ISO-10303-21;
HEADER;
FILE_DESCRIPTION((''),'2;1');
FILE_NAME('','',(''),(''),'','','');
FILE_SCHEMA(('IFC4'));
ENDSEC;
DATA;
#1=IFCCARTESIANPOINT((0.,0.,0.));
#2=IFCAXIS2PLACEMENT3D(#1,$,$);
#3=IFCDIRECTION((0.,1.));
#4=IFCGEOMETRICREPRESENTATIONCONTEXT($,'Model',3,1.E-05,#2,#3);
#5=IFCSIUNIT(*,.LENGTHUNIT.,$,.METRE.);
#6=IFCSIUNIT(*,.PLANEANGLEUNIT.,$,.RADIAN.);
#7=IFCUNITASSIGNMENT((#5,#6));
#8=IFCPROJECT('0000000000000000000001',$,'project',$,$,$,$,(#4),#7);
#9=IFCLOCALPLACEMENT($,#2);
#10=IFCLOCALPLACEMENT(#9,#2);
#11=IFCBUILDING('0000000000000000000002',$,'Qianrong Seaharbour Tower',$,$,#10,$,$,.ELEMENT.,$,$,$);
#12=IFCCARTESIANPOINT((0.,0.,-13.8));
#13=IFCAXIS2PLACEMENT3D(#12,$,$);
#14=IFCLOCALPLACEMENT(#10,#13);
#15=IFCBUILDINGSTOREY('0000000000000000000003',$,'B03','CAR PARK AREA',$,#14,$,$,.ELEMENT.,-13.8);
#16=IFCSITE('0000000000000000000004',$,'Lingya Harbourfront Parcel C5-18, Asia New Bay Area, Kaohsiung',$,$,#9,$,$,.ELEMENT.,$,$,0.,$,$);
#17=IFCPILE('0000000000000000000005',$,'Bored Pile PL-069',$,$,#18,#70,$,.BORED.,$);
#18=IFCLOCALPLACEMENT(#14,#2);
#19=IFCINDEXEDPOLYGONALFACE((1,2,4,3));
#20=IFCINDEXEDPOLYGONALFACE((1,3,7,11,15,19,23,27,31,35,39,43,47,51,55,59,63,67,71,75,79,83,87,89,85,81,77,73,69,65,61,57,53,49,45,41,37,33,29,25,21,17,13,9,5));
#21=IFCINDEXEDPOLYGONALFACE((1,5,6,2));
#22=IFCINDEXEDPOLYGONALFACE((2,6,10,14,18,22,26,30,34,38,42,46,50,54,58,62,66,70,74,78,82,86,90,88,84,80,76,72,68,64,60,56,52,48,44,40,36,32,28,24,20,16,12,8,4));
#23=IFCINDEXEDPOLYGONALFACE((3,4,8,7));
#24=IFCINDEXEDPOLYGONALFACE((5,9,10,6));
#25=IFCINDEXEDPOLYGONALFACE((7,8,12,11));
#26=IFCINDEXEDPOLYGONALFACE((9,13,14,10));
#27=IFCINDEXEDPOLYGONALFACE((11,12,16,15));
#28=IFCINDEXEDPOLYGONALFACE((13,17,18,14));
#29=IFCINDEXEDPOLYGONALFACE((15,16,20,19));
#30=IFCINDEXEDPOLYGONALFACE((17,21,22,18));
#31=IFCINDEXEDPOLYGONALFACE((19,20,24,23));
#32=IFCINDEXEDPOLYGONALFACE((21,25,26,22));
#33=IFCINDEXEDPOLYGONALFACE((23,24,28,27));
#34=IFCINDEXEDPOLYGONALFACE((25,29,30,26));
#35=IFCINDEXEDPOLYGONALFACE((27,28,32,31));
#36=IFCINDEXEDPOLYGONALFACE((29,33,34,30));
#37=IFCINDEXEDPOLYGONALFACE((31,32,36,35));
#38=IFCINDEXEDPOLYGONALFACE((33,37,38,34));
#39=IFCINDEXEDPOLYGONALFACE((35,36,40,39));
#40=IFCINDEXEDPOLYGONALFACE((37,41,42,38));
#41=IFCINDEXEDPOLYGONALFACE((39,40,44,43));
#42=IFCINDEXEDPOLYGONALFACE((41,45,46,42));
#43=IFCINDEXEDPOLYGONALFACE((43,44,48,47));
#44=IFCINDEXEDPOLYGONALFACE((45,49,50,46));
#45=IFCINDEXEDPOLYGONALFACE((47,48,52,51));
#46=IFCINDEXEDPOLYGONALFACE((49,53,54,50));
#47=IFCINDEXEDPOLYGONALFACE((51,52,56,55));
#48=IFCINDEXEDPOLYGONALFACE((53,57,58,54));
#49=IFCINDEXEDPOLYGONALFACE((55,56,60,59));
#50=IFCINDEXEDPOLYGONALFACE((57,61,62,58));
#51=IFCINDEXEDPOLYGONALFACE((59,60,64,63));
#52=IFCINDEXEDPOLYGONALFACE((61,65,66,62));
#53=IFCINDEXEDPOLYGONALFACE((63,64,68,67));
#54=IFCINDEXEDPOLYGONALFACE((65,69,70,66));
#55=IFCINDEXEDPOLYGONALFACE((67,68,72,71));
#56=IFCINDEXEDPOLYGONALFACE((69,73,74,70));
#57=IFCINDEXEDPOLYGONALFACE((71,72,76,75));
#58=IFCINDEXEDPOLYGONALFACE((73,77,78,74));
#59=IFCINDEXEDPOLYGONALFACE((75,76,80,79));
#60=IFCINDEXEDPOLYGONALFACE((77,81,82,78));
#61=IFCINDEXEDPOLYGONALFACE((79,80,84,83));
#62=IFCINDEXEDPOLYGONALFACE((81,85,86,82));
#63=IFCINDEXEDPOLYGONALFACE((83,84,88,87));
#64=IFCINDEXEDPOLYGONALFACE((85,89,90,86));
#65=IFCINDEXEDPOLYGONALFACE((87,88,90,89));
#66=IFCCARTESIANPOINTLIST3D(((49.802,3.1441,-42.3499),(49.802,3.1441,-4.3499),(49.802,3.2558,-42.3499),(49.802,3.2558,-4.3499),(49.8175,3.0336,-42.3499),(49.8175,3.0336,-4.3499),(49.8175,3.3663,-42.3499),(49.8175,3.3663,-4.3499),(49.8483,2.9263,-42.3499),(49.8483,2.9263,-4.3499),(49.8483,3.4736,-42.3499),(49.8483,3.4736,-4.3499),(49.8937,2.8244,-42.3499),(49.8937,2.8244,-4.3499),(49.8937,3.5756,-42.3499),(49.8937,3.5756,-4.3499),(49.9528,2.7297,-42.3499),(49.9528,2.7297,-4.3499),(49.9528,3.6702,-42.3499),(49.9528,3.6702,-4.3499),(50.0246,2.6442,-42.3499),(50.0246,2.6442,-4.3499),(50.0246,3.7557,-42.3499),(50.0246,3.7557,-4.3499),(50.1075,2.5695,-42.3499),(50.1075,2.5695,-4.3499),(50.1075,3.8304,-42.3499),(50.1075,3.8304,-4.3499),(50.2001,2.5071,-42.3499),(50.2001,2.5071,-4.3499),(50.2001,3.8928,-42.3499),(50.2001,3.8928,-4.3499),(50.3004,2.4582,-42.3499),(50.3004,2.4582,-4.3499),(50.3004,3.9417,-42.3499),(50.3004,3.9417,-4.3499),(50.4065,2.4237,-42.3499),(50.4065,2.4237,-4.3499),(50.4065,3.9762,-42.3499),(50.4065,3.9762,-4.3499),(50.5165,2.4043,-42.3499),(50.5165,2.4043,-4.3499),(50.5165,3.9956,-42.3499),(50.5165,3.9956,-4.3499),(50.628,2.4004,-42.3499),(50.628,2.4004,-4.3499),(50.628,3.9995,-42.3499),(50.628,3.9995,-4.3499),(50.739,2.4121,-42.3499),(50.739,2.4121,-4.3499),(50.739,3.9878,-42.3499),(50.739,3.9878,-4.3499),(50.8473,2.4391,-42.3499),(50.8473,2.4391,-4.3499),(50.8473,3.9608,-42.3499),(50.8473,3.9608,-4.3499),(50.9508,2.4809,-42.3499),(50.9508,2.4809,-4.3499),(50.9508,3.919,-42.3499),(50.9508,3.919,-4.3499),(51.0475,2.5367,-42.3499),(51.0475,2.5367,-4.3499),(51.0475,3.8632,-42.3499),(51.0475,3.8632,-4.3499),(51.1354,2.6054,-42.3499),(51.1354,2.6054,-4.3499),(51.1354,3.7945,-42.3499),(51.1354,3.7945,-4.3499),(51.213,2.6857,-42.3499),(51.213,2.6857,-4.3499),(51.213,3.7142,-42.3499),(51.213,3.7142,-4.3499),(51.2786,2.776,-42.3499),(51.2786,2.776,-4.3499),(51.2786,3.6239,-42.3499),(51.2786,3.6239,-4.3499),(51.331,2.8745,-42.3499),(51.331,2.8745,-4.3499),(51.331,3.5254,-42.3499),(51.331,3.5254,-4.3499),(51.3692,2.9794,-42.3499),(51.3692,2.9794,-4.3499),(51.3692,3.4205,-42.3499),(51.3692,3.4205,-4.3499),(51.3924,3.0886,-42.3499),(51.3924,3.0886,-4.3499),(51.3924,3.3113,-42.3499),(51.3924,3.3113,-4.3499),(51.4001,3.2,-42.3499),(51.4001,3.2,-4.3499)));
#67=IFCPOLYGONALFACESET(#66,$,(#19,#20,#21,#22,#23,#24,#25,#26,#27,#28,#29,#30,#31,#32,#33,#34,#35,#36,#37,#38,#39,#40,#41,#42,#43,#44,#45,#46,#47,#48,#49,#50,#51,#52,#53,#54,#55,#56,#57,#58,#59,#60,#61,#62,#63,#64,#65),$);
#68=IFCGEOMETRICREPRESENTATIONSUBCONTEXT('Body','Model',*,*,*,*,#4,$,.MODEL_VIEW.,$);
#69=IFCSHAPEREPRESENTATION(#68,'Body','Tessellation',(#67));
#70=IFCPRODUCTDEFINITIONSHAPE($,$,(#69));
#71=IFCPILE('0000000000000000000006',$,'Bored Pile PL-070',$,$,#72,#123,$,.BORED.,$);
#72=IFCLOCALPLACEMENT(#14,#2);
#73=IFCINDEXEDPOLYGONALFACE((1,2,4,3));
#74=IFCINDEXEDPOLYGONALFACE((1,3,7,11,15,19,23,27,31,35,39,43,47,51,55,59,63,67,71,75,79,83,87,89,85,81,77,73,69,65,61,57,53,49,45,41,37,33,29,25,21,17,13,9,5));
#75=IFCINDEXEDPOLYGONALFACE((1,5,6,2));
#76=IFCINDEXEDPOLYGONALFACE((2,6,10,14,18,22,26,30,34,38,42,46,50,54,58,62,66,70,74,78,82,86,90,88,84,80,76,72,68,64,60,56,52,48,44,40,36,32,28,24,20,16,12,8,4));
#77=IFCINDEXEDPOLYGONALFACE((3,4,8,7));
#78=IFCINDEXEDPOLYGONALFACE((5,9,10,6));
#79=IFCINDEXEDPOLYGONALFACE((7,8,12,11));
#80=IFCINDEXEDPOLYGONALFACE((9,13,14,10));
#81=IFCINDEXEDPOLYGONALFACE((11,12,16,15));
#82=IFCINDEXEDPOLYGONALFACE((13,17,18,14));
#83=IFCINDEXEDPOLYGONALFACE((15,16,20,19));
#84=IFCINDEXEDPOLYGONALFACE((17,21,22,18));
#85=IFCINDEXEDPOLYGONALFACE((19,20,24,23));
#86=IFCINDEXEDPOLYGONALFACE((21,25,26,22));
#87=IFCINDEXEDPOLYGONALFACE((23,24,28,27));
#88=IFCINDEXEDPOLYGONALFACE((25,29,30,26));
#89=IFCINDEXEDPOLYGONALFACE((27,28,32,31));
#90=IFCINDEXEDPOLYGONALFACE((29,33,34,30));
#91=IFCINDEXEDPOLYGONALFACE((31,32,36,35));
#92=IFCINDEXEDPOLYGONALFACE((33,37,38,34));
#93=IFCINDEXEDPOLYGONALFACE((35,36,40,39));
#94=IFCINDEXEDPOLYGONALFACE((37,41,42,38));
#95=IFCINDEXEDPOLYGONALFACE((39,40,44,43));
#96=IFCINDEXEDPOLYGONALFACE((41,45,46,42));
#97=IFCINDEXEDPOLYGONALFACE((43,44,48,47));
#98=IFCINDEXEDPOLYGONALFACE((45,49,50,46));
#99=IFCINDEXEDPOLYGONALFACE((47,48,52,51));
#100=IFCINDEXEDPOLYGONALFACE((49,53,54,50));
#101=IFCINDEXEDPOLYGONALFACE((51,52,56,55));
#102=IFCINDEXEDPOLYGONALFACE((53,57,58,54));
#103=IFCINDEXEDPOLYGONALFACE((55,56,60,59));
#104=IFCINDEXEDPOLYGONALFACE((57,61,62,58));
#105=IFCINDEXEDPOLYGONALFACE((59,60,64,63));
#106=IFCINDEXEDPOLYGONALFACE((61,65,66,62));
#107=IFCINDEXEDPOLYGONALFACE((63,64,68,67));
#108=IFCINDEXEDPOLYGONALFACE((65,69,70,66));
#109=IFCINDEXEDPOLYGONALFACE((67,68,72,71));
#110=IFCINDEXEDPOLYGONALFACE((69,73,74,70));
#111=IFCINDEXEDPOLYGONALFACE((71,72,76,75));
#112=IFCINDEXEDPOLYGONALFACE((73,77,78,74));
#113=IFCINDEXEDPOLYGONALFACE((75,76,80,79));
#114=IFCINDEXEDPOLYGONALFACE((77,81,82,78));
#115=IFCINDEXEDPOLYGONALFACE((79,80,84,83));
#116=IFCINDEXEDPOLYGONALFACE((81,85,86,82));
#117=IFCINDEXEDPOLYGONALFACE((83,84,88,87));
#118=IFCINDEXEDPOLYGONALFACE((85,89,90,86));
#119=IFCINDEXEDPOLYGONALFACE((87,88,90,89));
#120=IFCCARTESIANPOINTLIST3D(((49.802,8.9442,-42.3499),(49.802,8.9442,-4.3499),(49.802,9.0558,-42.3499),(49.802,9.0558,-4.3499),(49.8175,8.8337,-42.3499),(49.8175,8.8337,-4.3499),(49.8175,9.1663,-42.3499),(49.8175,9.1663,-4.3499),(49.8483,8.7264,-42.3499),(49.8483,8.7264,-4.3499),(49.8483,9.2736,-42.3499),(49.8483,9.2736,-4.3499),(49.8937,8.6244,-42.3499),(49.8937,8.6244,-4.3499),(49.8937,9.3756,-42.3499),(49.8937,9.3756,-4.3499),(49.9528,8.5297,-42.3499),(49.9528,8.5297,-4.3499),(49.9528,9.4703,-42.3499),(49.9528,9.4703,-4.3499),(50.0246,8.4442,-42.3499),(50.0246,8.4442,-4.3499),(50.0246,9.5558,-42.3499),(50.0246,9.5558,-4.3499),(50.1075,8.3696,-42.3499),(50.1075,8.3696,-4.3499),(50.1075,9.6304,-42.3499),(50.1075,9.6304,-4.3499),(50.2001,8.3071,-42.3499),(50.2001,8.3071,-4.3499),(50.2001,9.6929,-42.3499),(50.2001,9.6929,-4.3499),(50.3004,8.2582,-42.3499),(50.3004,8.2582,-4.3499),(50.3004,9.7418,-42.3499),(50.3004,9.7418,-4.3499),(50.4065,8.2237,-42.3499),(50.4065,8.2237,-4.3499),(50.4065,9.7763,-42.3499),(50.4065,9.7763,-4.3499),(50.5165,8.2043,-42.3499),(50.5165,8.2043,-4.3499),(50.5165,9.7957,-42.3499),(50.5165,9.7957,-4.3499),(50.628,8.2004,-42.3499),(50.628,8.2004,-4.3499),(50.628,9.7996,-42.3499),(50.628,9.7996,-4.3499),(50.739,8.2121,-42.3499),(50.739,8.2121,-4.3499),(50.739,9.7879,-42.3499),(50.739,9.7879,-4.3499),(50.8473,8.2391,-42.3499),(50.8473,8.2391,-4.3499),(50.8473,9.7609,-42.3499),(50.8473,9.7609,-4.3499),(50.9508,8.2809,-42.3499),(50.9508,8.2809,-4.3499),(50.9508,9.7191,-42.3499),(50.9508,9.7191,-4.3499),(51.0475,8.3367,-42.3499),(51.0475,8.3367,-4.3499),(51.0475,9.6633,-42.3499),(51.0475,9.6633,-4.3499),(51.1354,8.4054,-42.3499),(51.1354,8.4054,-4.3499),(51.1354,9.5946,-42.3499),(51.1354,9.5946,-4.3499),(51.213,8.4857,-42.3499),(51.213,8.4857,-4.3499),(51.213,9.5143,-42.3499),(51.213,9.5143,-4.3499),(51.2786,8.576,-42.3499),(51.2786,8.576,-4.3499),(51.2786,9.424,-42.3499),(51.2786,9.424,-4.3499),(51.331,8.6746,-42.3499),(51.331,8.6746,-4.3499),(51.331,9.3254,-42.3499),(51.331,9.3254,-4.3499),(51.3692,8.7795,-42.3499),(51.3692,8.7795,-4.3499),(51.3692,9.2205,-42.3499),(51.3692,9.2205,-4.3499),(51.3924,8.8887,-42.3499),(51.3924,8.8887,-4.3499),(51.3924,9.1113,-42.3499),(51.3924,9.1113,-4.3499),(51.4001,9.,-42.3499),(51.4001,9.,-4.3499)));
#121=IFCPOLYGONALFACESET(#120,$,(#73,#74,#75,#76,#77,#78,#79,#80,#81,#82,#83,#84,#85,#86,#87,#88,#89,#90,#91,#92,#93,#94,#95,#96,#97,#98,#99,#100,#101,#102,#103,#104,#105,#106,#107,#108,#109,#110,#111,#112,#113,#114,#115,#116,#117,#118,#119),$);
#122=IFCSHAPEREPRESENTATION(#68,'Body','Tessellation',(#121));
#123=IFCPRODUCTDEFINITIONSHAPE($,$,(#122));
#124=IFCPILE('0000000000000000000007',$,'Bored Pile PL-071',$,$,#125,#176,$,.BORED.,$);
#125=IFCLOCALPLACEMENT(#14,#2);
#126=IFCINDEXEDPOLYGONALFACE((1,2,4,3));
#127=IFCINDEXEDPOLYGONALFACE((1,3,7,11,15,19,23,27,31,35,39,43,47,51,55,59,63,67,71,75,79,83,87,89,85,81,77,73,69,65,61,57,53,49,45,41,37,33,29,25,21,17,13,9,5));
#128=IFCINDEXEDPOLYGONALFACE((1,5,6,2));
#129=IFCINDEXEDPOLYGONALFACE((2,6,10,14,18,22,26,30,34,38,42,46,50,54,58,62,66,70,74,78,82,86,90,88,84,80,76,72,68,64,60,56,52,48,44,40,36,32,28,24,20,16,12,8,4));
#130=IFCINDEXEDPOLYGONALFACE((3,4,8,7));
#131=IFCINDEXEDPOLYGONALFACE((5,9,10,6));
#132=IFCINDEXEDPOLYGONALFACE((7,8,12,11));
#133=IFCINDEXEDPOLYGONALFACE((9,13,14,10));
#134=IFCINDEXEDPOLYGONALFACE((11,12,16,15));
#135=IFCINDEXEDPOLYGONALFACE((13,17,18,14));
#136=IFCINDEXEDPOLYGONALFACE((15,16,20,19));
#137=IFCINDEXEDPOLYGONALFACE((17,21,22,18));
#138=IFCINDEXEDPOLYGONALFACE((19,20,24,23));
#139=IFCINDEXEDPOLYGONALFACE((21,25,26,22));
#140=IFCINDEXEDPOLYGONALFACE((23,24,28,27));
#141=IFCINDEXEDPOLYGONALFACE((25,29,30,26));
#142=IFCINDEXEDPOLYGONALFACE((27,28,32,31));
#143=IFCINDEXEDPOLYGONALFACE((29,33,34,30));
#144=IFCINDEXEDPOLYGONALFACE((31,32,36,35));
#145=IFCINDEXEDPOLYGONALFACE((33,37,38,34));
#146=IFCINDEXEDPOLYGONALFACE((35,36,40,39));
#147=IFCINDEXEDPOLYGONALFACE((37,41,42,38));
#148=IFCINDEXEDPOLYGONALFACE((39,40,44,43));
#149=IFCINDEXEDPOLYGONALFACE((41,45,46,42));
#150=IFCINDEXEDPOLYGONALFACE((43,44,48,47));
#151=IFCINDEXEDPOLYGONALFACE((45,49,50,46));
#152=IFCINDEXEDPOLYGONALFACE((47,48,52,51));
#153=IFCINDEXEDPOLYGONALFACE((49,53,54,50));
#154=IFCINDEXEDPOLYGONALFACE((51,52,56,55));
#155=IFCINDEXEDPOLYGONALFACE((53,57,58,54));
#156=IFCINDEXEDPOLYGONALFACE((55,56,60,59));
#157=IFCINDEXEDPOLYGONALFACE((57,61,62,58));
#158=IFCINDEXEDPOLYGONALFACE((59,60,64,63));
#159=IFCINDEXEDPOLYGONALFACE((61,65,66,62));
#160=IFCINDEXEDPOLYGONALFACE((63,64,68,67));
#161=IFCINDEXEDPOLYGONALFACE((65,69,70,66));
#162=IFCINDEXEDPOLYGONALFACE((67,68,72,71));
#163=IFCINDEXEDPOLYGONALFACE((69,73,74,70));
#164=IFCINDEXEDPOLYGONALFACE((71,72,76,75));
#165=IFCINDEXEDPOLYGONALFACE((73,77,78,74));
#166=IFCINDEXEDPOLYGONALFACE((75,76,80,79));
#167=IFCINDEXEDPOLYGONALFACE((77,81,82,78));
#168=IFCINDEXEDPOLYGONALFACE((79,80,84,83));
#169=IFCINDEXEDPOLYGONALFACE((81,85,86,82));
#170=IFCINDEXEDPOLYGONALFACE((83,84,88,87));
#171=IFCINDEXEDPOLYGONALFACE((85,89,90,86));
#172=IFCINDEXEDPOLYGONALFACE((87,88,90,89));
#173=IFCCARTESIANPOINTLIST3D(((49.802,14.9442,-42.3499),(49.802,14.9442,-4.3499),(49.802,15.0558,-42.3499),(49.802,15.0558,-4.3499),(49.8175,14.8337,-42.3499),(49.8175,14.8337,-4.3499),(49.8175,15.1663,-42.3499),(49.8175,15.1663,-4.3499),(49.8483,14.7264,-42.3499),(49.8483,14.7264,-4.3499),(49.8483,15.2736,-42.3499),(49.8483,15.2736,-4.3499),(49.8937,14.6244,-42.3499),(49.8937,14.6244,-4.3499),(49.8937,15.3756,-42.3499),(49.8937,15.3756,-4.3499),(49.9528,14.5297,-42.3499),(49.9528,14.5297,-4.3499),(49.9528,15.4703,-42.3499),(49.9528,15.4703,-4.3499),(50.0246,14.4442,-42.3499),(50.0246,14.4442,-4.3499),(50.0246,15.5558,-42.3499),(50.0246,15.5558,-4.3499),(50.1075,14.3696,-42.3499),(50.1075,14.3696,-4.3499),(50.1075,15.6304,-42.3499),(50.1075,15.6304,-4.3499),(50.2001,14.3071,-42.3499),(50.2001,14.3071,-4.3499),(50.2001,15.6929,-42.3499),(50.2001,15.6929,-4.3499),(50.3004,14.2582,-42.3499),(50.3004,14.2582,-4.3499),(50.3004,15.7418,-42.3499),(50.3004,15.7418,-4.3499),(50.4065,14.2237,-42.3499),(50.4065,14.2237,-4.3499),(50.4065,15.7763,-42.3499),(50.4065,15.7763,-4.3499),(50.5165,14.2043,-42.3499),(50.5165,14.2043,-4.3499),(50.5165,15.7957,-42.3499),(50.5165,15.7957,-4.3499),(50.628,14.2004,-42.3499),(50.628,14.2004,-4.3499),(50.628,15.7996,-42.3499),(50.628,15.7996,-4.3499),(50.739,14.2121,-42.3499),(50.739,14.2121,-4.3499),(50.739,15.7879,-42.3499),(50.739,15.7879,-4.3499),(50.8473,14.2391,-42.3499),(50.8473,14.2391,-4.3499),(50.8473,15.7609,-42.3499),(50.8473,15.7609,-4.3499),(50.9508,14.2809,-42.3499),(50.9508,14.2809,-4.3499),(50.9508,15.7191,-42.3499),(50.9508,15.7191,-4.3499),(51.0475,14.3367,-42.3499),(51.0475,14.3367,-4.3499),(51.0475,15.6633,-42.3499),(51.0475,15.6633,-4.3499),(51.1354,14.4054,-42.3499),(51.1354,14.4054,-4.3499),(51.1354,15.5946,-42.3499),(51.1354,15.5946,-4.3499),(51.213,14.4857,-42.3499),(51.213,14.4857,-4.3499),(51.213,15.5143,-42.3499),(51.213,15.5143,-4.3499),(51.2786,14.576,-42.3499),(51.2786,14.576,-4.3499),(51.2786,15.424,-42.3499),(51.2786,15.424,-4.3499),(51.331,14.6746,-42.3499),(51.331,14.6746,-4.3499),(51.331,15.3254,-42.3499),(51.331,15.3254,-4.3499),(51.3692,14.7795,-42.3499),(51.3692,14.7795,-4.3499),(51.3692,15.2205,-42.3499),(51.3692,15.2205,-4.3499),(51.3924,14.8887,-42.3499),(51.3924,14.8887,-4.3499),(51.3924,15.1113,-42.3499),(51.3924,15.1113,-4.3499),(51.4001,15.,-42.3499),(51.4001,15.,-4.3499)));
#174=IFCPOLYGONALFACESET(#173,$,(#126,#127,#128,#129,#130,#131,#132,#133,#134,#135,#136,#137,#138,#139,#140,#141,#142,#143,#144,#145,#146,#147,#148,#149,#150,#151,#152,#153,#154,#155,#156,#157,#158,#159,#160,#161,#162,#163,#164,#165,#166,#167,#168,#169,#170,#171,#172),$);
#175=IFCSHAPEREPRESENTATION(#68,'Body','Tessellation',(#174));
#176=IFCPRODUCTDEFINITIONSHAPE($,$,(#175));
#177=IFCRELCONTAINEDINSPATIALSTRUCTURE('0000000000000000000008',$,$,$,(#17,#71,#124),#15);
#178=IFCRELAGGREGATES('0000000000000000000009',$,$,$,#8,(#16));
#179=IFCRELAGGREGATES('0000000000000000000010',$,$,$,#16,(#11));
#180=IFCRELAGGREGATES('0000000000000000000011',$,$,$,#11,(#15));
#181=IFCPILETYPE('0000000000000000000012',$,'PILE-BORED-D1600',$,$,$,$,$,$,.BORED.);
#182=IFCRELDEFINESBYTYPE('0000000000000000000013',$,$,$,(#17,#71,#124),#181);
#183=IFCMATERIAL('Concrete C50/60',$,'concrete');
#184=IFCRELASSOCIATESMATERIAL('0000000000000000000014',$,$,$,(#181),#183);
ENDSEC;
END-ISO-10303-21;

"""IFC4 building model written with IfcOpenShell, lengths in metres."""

from ifc_helpers import new_model, si_unit, direction, frame, origin, origin_2d, place, context, subcontext, project, spatial, circle, extrude, material, material_profile, profile_set, type_object, element, save


model = new_model("IFC4")

# Units and contexts
model_context = context("Model", 3, precision=1e-05, world=origin(), true_north=direction((0.0, 1.0)))
body_context = subcontext(model_context, "Body", "Model", "MODEL_VIEW")
ifc_project = project(units=[si_unit("LENGTHUNIT", "METRE"), si_unit("PLANEANGLEUNIT", "RADIAN")], contexts=[model_context])

# Site, building, storey
site_placement = place(None, origin())
site = spatial("IfcSite", under=ifc_project, at=site_placement, Name="Lingya Harbourfront Parcel C5-18, Asia New Bay Area, Kaohsiung", CompositionType="ELEMENT", RefElevation=0.0)
building_placement = place(site_placement, origin())
building = spatial("IfcBuilding", under=site, at=building_placement, Name="Qianrong Seaharbour Tower", CompositionType="ELEMENT")
storey_placement = place(building_placement, frame((0.0, 0.0, -13.8)))
storey = spatial("IfcBuildingStorey", under=building, at=storey_placement, Name="B03", Description="CAR PARK AREA", CompositionType="ELEMENT", Elevation=-13.8)

# Piles
ifc_material_1 = material(Name="Concrete C50/60", Category="concrete")
ifc_material_profile_1 = material_profile(ifc_material_1, circle(Radius=0.8, at=origin_2d()), Name="PILE-D1600")
ifc_profile_set_1 = profile_set([ifc_material_profile_1], Name="Concrete C50/60")
pile_type = type_object("IfcPileType", Name="PILE-BORED-D1600", PredefinedType="BORED", material=ifc_profile_set_1)
for number, where, z_axis, x_axis, name in (
    (1, (50.6001, 3.2, -4.3499), (0.0, 0.0, -1.0), (1.0, 0.0, 0.0), "Bored Pile PL-069"),
    (2, (50.6001, 9.0, -4.3499), (0.0, 0.0, -1.0), (1.0, 0.0, 0.0), "Bored Pile PL-070"),
    (3, (50.6001, 15.0, -4.3499), (0.0, 0.0, -1.0), (1.0, 0.0, 0.0), "Bored Pile PL-071"),
):
    element("IfcPile", number, at=place(storey_placement, frame(where, z_axis=z_axis, x_axis=x_axis)), inside=storey, type_object=pile_type, Name=name, PredefinedType="BORED", context=body_context, shape_type="SweptSolid", body=[
        extrude(circle(Radius=0.8, at=origin_2d()), origin(), (0.0, 0.0, 1.0), 38.0),
    ])

save(model, "model.ifc")
